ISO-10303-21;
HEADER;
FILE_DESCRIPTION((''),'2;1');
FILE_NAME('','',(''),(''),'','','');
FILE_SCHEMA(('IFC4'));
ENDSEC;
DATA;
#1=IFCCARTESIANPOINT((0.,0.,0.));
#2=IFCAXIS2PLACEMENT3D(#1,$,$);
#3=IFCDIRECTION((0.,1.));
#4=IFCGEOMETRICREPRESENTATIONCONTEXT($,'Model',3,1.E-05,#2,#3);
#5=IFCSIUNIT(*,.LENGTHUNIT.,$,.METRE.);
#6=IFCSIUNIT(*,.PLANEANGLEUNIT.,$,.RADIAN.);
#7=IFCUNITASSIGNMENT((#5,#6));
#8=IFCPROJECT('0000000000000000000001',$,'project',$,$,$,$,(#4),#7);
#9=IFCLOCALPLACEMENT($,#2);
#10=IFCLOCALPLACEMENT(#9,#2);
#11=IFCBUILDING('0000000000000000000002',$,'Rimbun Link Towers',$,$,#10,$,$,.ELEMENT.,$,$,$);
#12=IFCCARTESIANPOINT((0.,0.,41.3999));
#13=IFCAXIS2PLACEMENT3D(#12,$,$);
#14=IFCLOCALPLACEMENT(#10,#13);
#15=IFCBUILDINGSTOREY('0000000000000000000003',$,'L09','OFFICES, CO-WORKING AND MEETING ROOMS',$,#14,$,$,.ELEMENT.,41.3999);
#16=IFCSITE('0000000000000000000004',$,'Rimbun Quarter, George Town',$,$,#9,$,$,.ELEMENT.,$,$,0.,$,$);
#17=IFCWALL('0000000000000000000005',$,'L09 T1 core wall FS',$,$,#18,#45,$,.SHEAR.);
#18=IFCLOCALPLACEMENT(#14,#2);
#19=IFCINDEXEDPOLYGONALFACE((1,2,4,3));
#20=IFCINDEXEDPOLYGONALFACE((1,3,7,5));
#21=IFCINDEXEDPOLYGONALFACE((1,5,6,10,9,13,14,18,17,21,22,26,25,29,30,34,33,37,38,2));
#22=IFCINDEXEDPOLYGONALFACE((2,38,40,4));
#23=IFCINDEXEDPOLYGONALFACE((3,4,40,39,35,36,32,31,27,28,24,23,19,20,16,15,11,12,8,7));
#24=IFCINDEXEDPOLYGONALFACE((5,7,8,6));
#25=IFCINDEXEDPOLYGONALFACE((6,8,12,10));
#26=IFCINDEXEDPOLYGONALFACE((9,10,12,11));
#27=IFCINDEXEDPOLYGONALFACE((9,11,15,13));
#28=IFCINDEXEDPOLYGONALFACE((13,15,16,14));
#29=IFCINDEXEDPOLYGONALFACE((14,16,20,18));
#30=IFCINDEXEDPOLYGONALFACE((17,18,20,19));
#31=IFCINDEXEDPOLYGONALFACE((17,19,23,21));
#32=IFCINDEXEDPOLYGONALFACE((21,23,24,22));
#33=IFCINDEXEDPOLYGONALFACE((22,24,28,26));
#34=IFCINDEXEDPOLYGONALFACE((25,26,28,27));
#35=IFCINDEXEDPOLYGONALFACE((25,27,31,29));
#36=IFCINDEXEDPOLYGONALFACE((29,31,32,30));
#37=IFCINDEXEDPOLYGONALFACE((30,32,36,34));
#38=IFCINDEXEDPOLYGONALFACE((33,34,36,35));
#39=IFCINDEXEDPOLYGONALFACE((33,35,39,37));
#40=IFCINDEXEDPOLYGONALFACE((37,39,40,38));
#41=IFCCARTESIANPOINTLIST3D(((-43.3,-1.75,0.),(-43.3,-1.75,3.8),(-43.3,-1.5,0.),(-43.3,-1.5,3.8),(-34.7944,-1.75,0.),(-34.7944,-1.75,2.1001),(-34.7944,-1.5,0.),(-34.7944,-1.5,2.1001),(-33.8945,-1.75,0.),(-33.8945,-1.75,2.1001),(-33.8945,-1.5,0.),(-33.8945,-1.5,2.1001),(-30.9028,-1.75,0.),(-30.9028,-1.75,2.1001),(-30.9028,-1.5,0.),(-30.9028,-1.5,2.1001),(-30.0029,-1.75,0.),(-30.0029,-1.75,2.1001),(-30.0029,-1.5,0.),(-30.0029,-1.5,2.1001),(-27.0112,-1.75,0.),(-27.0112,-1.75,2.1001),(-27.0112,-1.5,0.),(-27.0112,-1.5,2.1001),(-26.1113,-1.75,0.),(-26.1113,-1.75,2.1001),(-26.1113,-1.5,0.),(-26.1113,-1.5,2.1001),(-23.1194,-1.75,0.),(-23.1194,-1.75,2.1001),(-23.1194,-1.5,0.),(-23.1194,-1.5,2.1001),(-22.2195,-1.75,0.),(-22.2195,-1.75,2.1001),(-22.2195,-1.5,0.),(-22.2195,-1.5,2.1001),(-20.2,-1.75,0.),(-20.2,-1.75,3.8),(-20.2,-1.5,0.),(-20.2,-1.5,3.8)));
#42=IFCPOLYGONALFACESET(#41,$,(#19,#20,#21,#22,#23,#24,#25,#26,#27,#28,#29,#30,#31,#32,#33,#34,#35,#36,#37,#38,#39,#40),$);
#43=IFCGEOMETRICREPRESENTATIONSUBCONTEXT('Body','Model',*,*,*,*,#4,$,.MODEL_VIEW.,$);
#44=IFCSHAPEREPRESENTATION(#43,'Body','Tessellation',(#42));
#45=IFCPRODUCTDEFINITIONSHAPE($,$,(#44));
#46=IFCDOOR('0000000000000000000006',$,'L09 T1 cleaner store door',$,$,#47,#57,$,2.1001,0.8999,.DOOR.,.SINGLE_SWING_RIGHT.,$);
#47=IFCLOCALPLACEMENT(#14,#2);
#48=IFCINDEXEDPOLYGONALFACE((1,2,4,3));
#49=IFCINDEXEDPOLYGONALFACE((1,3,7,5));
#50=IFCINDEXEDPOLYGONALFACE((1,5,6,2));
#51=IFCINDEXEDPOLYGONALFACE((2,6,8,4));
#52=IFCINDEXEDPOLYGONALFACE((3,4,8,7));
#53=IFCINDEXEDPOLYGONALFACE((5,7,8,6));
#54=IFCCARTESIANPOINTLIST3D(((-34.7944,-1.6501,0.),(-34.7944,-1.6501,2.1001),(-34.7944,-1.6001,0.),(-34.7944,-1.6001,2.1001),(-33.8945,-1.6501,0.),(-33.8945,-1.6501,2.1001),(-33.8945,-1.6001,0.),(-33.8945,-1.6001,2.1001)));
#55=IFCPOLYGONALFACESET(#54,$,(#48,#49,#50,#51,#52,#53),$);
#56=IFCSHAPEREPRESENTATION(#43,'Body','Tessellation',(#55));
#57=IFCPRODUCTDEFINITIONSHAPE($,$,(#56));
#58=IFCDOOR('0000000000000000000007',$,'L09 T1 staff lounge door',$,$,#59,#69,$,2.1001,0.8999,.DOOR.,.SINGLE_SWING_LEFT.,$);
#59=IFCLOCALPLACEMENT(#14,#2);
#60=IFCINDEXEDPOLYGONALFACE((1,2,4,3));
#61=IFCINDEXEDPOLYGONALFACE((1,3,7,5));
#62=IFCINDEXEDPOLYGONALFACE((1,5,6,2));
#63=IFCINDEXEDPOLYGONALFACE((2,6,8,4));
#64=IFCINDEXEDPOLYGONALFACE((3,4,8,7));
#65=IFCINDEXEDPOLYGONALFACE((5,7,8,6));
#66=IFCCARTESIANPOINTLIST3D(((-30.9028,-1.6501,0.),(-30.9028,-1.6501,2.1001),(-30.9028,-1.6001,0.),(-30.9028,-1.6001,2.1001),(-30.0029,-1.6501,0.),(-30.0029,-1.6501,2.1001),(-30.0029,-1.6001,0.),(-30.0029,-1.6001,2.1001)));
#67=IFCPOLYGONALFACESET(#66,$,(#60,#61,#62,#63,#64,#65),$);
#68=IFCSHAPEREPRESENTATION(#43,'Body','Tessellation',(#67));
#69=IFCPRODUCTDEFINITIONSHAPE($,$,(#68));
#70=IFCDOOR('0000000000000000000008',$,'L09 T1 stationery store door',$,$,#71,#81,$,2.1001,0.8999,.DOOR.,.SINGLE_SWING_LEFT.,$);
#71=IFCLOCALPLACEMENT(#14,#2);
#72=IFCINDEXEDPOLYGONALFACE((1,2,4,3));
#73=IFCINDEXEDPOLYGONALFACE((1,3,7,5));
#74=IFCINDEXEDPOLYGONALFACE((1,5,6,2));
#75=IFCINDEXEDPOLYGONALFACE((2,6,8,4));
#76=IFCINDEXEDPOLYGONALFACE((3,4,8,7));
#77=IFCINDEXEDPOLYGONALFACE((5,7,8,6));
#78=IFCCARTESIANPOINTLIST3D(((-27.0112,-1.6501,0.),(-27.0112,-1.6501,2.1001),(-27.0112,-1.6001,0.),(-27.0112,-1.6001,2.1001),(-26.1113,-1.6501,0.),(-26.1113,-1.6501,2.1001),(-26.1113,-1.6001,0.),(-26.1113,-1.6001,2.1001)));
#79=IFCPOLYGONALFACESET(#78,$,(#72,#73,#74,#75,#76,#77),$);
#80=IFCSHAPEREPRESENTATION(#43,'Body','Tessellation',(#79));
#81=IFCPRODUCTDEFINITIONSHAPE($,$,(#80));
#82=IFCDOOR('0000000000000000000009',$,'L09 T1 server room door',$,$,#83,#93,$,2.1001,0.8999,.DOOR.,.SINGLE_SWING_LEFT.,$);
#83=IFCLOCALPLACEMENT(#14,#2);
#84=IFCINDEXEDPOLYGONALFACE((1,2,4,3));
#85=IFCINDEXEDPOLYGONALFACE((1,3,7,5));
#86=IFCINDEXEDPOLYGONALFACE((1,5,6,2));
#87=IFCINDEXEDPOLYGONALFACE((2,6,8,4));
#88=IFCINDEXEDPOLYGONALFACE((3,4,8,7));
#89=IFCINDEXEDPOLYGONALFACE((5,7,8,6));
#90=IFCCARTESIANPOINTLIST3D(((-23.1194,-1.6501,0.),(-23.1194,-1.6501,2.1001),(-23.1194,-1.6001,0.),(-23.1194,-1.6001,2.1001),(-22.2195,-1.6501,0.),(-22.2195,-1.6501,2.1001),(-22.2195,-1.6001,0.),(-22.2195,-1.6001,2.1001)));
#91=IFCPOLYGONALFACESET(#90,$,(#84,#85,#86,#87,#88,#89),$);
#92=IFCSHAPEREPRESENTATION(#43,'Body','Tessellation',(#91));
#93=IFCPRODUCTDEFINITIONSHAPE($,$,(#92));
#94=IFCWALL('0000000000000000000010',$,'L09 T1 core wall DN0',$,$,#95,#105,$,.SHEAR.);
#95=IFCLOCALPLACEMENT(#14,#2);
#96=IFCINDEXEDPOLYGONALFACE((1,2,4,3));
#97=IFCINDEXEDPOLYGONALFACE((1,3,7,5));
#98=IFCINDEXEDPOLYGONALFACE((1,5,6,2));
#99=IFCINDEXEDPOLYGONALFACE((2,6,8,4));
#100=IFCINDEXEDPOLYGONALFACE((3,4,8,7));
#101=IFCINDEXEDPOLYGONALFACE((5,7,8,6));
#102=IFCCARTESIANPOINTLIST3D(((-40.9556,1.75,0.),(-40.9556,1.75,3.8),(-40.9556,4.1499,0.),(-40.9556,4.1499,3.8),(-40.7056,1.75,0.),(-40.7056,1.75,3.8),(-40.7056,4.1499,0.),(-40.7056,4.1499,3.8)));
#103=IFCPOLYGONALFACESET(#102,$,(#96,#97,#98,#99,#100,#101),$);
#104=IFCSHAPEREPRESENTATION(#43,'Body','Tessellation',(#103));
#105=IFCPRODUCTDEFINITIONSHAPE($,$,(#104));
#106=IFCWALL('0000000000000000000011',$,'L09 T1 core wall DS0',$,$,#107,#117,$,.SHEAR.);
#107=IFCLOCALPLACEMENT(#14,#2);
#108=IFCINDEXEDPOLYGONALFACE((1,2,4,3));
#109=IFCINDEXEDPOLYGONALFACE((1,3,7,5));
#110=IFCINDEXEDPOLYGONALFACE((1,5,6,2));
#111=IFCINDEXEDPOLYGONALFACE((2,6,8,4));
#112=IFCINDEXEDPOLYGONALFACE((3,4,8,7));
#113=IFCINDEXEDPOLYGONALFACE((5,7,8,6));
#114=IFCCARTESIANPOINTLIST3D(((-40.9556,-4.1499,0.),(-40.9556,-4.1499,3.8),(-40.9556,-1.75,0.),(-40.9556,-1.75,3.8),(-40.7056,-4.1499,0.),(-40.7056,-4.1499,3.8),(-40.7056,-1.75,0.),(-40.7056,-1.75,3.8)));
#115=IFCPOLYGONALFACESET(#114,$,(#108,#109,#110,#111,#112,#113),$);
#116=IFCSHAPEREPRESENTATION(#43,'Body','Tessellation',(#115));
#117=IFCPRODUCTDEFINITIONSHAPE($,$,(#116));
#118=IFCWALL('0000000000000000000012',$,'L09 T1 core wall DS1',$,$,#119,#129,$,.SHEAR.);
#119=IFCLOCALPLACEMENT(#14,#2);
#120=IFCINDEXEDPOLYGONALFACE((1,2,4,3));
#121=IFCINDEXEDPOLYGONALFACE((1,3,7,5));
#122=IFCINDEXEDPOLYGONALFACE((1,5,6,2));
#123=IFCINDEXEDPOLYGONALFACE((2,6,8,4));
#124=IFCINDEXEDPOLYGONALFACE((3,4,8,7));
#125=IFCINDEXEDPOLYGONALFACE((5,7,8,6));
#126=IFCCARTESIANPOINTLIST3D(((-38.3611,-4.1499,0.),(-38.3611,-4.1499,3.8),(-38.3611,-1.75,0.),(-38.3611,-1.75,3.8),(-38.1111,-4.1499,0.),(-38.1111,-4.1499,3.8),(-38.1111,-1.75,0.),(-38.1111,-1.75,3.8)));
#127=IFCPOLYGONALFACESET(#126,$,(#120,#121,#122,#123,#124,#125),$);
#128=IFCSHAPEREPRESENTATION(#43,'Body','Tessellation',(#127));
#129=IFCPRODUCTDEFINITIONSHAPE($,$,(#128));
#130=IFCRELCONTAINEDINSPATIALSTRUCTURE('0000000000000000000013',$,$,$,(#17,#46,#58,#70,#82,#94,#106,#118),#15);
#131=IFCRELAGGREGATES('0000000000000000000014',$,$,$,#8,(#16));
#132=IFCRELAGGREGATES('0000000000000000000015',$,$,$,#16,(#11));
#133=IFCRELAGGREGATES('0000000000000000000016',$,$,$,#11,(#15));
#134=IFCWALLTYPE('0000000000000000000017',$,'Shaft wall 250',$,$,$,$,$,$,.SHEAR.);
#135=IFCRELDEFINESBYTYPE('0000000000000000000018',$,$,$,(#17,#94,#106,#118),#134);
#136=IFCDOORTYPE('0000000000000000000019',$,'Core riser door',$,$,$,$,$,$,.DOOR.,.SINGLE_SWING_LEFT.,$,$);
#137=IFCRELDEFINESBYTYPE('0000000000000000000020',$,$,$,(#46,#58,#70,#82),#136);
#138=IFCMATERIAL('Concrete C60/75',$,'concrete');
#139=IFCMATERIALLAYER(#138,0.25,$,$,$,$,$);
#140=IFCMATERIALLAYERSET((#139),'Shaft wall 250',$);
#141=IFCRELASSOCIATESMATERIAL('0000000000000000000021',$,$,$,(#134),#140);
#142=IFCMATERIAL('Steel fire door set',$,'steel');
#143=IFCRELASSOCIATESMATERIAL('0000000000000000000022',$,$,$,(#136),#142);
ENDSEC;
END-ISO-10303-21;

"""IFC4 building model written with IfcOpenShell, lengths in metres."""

from ifc_helpers import new_model, si_unit, direction, frame, frame_2d, origin, place, context, subcontext, project, spatial, rectangle, extrude, material, layer, layer_set, type_object, element, fill, save


model = new_model("IFC4")

# Units and contexts
model_context = context("Model", 3, precision=1e-05, world=origin(), true_north=direction((0.0, 1.0)))
body_context = subcontext(model_context, "Body", "Model", "MODEL_VIEW")
ifc_project = project(units=[si_unit("LENGTHUNIT", "METRE"), si_unit("PLANEANGLEUNIT", "RADIAN")], contexts=[model_context])

# Site, building, storey
site_placement = place(None, origin())
site = spatial("IfcSite", under=ifc_project, at=site_placement, Name="Rimbun Quarter, George Town", CompositionType="ELEMENT", RefElevation=0.0)
building_placement = place(site_placement, origin())
building = spatial("IfcBuilding", under=site, at=building_placement, Name="Rimbun Link Towers", CompositionType="ELEMENT")
storey_placement = place(building_placement, frame((0.0, 0.0, 41.3999)))
storey = spatial("IfcBuildingStorey", under=building, at=storey_placement, Name="L09", Description="OFFICES, CO-WORKING AND MEETING ROOMS", CompositionType="ELEMENT", Elevation=41.3999)

# Wall, openings, doors
ifc_material_1 = material(Name="Concrete C60/75", Category="concrete")
ifc_layer_1 = layer(ifc_material_1, 0.25)
ifc_layer_set_1 = layer_set([ifc_layer_1], Name="Shaft wall 250")
wall_type_1 = type_object("IfcWallType", Name="Shaft wall 250", PredefinedType="SHEAR", material=ifc_layer_set_1)
wall_1_placement = place(storey_placement, frame((-43.3, -1.625, 0.0), z_axis=(0.0, 0.0, 1.0), x_axis=(1.0, 0.0, 0.0)))
wall_1 = element("IfcWall", 1, at=wall_1_placement, inside=storey, type_object=wall_type_1, Name="L09 T1 core wall FS", PredefinedType="SHEAR", context=body_context, shape_type="SweptSolid", body=[
    extrude(rectangle(XDim=23.1001, YDim=0.25, at=frame_2d((11.55, 0.0))), origin(), (0.0, 0.0, 1.0), 3.8),
])
opening_1_placement = place(wall_1_placement, frame((8.5056, 0.0, 0.0)))
opening_1 = element("IfcOpeningElement", 2, at=opening_1_placement, cuts=wall_1, PredefinedType="OPENING", context=body_context, shape_type="SweptSolid", body=[
    extrude(rectangle(XDim=0.8999, YDim=2.1001, at=frame_2d((0.45, 1.05))), frame((0.0, 0.135, 0.0), z_axis=(0.0, -1.0, 0.0), x_axis=(1.0, 0.0, 0.0)), (0.0, 0.0, 1.0), 0.27),
])
opening_2_placement = place(wall_1_placement, frame((12.3972, 0.0, 0.0)))
opening_2 = element("IfcOpeningElement", 3, at=opening_2_placement, cuts=wall_1, PredefinedType="OPENING", context=body_context, shape_type="SweptSolid", body=[
    extrude(rectangle(XDim=0.8999, YDim=2.1001, at=frame_2d((0.45, 1.05))), frame((0.0, 0.135, 0.0), z_axis=(0.0, -1.0, 0.0), x_axis=(1.0, 0.0, 0.0)), (0.0, 0.0, 1.0), 0.27),
])
opening_3_placement = place(wall_1_placement, frame((16.2888, 0.0, 0.0)))
opening_3 = element("IfcOpeningElement", 4, at=opening_3_placement, cuts=wall_1, PredefinedType="OPENING", context=body_context, shape_type="SweptSolid", body=[
    extrude(rectangle(XDim=0.8999, YDim=2.1001, at=frame_2d((0.45, 1.05))), frame((0.0, 0.135, 0.0), z_axis=(0.0, -1.0, 0.0), x_axis=(1.0, 0.0, 0.0)), (0.0, 0.0, 1.0), 0.27),
])
opening_4_placement = place(wall_1_placement, frame((20.1807, 0.0, 0.0)))
opening_4 = element("IfcOpeningElement", 5, at=opening_4_placement, cuts=wall_1, PredefinedType="OPENING", context=body_context, shape_type="SweptSolid", body=[
    extrude(rectangle(XDim=0.8999, YDim=2.1001, at=frame_2d((0.45, 1.05))), frame((0.0, 0.135, 0.0), z_axis=(0.0, -1.0, 0.0), x_axis=(1.0, 0.0, 0.0)), (0.0, 0.0, 1.0), 0.27),
])
ifc_material_2 = material(Name="Steel fire door set", Category="steel")
door_type_1 = type_object("IfcDoorType", Name="Core riser door", OperationType="SINGLE_SWING_LEFT", PredefinedType="DOOR", material=ifc_material_2)
door_1_placement = place(opening_1_placement, origin())
door_1 = element("IfcDoor", 6, at=door_1_placement, inside=storey, type_object=door_type_1, Name="L09 T1 cleaner store door", OperationType="SINGLE_SWING_RIGHT", OverallHeight=2.1001, OverallWidth=0.8999, PredefinedType="DOOR", context=body_context, shape_type="SweptSolid", body=[
    extrude(rectangle(XDim=0.8999, YDim=2.1001, at=frame_2d((0.45, 1.05))), frame((0.0, 0.0249, 0.0), z_axis=(0.0, -1.0, 0.0), x_axis=(1.0, 0.0, 0.0)), (0.0, 0.0, 1.0), 0.05),
])
fill(opening_1, door_1)
door_2_placement = place(opening_2_placement, origin())
door_2 = element("IfcDoor", 7, at=door_2_placement, inside=storey, type_object=door_type_1, Name="L09 T1 staff lounge door", OperationType="SINGLE_SWING_LEFT", OverallHeight=2.1001, OverallWidth=0.8999, PredefinedType="DOOR", context=body_context, shape_type="SweptSolid", body=[
    extrude(rectangle(XDim=0.8999, YDim=2.1001, at=frame_2d((0.45, 1.05))), frame((0.0, 0.0249, 0.0), z_axis=(0.0, -1.0, 0.0), x_axis=(1.0, 0.0, 0.0)), (0.0, 0.0, 1.0), 0.05),
])
fill(opening_2, door_2)
door_3_placement = place(opening_3_placement, origin())
door_3 = element("IfcDoor", 8, at=door_3_placement, inside=storey, type_object=door_type_1, Name="L09 T1 stationery store door", OperationType="SINGLE_SWING_LEFT", OverallHeight=2.1001, OverallWidth=0.8999, PredefinedType="DOOR", context=body_context, shape_type="SweptSolid", body=[
    extrude(rectangle(XDim=0.8999, YDim=2.1001, at=frame_2d((0.45, 1.05))), frame((0.0, 0.0249, 0.0), z_axis=(0.0, -1.0, 0.0), x_axis=(1.0, 0.0, 0.0)), (0.0, 0.0, 1.0), 0.05),
])
fill(opening_3, door_3)
door_4_placement = place(opening_4_placement, origin())
door_4 = element("IfcDoor", 9, at=door_4_placement, inside=storey, type_object=door_type_1, Name="L09 T1 server room door", OperationType="SINGLE_SWING_LEFT", OverallHeight=2.1001, OverallWidth=0.8999, PredefinedType="DOOR", context=body_context, shape_type="SweptSolid", body=[
    extrude(rectangle(XDim=0.8999, YDim=2.1001, at=frame_2d((0.45, 1.05))), frame((0.0, 0.0249, 0.0), z_axis=(0.0, -1.0, 0.0), x_axis=(1.0, 0.0, 0.0)), (0.0, 0.0, 1.0), 0.05),
])
fill(opening_4, door_4)

# Walls
for number, where, z_axis, x_axis, name in (
    (10, (-40.8306, 1.75, 0.0), (0.0, 0.0, 1.0), (0.0, 1.0, 0.0), "L09 T1 core wall DN0"),
    (11, (-40.8306, -4.1499, 0.0), (0.0, 0.0, 1.0), (0.0, 1.0, 0.0), "L09 T1 core wall DS0"),
    (12, (-38.2361, -4.1499, 0.0), (0.0, 0.0, 1.0), (0.0, 1.0, 0.0), "L09 T1 core wall DS1"),
):
    element("IfcWall", number, at=place(storey_placement, frame(where, z_axis=z_axis, x_axis=x_axis)), inside=storey, type_object=wall_type_1, Name=name, PredefinedType="SHEAR", context=body_context, shape_type="SweptSolid", body=[
        extrude(rectangle(XDim=2.3999, YDim=0.25, at=frame_2d((1.2, 0.0))), origin(), (0.0, 0.0, 1.0), 3.8),
    ])

save(model, "model.ifc")
